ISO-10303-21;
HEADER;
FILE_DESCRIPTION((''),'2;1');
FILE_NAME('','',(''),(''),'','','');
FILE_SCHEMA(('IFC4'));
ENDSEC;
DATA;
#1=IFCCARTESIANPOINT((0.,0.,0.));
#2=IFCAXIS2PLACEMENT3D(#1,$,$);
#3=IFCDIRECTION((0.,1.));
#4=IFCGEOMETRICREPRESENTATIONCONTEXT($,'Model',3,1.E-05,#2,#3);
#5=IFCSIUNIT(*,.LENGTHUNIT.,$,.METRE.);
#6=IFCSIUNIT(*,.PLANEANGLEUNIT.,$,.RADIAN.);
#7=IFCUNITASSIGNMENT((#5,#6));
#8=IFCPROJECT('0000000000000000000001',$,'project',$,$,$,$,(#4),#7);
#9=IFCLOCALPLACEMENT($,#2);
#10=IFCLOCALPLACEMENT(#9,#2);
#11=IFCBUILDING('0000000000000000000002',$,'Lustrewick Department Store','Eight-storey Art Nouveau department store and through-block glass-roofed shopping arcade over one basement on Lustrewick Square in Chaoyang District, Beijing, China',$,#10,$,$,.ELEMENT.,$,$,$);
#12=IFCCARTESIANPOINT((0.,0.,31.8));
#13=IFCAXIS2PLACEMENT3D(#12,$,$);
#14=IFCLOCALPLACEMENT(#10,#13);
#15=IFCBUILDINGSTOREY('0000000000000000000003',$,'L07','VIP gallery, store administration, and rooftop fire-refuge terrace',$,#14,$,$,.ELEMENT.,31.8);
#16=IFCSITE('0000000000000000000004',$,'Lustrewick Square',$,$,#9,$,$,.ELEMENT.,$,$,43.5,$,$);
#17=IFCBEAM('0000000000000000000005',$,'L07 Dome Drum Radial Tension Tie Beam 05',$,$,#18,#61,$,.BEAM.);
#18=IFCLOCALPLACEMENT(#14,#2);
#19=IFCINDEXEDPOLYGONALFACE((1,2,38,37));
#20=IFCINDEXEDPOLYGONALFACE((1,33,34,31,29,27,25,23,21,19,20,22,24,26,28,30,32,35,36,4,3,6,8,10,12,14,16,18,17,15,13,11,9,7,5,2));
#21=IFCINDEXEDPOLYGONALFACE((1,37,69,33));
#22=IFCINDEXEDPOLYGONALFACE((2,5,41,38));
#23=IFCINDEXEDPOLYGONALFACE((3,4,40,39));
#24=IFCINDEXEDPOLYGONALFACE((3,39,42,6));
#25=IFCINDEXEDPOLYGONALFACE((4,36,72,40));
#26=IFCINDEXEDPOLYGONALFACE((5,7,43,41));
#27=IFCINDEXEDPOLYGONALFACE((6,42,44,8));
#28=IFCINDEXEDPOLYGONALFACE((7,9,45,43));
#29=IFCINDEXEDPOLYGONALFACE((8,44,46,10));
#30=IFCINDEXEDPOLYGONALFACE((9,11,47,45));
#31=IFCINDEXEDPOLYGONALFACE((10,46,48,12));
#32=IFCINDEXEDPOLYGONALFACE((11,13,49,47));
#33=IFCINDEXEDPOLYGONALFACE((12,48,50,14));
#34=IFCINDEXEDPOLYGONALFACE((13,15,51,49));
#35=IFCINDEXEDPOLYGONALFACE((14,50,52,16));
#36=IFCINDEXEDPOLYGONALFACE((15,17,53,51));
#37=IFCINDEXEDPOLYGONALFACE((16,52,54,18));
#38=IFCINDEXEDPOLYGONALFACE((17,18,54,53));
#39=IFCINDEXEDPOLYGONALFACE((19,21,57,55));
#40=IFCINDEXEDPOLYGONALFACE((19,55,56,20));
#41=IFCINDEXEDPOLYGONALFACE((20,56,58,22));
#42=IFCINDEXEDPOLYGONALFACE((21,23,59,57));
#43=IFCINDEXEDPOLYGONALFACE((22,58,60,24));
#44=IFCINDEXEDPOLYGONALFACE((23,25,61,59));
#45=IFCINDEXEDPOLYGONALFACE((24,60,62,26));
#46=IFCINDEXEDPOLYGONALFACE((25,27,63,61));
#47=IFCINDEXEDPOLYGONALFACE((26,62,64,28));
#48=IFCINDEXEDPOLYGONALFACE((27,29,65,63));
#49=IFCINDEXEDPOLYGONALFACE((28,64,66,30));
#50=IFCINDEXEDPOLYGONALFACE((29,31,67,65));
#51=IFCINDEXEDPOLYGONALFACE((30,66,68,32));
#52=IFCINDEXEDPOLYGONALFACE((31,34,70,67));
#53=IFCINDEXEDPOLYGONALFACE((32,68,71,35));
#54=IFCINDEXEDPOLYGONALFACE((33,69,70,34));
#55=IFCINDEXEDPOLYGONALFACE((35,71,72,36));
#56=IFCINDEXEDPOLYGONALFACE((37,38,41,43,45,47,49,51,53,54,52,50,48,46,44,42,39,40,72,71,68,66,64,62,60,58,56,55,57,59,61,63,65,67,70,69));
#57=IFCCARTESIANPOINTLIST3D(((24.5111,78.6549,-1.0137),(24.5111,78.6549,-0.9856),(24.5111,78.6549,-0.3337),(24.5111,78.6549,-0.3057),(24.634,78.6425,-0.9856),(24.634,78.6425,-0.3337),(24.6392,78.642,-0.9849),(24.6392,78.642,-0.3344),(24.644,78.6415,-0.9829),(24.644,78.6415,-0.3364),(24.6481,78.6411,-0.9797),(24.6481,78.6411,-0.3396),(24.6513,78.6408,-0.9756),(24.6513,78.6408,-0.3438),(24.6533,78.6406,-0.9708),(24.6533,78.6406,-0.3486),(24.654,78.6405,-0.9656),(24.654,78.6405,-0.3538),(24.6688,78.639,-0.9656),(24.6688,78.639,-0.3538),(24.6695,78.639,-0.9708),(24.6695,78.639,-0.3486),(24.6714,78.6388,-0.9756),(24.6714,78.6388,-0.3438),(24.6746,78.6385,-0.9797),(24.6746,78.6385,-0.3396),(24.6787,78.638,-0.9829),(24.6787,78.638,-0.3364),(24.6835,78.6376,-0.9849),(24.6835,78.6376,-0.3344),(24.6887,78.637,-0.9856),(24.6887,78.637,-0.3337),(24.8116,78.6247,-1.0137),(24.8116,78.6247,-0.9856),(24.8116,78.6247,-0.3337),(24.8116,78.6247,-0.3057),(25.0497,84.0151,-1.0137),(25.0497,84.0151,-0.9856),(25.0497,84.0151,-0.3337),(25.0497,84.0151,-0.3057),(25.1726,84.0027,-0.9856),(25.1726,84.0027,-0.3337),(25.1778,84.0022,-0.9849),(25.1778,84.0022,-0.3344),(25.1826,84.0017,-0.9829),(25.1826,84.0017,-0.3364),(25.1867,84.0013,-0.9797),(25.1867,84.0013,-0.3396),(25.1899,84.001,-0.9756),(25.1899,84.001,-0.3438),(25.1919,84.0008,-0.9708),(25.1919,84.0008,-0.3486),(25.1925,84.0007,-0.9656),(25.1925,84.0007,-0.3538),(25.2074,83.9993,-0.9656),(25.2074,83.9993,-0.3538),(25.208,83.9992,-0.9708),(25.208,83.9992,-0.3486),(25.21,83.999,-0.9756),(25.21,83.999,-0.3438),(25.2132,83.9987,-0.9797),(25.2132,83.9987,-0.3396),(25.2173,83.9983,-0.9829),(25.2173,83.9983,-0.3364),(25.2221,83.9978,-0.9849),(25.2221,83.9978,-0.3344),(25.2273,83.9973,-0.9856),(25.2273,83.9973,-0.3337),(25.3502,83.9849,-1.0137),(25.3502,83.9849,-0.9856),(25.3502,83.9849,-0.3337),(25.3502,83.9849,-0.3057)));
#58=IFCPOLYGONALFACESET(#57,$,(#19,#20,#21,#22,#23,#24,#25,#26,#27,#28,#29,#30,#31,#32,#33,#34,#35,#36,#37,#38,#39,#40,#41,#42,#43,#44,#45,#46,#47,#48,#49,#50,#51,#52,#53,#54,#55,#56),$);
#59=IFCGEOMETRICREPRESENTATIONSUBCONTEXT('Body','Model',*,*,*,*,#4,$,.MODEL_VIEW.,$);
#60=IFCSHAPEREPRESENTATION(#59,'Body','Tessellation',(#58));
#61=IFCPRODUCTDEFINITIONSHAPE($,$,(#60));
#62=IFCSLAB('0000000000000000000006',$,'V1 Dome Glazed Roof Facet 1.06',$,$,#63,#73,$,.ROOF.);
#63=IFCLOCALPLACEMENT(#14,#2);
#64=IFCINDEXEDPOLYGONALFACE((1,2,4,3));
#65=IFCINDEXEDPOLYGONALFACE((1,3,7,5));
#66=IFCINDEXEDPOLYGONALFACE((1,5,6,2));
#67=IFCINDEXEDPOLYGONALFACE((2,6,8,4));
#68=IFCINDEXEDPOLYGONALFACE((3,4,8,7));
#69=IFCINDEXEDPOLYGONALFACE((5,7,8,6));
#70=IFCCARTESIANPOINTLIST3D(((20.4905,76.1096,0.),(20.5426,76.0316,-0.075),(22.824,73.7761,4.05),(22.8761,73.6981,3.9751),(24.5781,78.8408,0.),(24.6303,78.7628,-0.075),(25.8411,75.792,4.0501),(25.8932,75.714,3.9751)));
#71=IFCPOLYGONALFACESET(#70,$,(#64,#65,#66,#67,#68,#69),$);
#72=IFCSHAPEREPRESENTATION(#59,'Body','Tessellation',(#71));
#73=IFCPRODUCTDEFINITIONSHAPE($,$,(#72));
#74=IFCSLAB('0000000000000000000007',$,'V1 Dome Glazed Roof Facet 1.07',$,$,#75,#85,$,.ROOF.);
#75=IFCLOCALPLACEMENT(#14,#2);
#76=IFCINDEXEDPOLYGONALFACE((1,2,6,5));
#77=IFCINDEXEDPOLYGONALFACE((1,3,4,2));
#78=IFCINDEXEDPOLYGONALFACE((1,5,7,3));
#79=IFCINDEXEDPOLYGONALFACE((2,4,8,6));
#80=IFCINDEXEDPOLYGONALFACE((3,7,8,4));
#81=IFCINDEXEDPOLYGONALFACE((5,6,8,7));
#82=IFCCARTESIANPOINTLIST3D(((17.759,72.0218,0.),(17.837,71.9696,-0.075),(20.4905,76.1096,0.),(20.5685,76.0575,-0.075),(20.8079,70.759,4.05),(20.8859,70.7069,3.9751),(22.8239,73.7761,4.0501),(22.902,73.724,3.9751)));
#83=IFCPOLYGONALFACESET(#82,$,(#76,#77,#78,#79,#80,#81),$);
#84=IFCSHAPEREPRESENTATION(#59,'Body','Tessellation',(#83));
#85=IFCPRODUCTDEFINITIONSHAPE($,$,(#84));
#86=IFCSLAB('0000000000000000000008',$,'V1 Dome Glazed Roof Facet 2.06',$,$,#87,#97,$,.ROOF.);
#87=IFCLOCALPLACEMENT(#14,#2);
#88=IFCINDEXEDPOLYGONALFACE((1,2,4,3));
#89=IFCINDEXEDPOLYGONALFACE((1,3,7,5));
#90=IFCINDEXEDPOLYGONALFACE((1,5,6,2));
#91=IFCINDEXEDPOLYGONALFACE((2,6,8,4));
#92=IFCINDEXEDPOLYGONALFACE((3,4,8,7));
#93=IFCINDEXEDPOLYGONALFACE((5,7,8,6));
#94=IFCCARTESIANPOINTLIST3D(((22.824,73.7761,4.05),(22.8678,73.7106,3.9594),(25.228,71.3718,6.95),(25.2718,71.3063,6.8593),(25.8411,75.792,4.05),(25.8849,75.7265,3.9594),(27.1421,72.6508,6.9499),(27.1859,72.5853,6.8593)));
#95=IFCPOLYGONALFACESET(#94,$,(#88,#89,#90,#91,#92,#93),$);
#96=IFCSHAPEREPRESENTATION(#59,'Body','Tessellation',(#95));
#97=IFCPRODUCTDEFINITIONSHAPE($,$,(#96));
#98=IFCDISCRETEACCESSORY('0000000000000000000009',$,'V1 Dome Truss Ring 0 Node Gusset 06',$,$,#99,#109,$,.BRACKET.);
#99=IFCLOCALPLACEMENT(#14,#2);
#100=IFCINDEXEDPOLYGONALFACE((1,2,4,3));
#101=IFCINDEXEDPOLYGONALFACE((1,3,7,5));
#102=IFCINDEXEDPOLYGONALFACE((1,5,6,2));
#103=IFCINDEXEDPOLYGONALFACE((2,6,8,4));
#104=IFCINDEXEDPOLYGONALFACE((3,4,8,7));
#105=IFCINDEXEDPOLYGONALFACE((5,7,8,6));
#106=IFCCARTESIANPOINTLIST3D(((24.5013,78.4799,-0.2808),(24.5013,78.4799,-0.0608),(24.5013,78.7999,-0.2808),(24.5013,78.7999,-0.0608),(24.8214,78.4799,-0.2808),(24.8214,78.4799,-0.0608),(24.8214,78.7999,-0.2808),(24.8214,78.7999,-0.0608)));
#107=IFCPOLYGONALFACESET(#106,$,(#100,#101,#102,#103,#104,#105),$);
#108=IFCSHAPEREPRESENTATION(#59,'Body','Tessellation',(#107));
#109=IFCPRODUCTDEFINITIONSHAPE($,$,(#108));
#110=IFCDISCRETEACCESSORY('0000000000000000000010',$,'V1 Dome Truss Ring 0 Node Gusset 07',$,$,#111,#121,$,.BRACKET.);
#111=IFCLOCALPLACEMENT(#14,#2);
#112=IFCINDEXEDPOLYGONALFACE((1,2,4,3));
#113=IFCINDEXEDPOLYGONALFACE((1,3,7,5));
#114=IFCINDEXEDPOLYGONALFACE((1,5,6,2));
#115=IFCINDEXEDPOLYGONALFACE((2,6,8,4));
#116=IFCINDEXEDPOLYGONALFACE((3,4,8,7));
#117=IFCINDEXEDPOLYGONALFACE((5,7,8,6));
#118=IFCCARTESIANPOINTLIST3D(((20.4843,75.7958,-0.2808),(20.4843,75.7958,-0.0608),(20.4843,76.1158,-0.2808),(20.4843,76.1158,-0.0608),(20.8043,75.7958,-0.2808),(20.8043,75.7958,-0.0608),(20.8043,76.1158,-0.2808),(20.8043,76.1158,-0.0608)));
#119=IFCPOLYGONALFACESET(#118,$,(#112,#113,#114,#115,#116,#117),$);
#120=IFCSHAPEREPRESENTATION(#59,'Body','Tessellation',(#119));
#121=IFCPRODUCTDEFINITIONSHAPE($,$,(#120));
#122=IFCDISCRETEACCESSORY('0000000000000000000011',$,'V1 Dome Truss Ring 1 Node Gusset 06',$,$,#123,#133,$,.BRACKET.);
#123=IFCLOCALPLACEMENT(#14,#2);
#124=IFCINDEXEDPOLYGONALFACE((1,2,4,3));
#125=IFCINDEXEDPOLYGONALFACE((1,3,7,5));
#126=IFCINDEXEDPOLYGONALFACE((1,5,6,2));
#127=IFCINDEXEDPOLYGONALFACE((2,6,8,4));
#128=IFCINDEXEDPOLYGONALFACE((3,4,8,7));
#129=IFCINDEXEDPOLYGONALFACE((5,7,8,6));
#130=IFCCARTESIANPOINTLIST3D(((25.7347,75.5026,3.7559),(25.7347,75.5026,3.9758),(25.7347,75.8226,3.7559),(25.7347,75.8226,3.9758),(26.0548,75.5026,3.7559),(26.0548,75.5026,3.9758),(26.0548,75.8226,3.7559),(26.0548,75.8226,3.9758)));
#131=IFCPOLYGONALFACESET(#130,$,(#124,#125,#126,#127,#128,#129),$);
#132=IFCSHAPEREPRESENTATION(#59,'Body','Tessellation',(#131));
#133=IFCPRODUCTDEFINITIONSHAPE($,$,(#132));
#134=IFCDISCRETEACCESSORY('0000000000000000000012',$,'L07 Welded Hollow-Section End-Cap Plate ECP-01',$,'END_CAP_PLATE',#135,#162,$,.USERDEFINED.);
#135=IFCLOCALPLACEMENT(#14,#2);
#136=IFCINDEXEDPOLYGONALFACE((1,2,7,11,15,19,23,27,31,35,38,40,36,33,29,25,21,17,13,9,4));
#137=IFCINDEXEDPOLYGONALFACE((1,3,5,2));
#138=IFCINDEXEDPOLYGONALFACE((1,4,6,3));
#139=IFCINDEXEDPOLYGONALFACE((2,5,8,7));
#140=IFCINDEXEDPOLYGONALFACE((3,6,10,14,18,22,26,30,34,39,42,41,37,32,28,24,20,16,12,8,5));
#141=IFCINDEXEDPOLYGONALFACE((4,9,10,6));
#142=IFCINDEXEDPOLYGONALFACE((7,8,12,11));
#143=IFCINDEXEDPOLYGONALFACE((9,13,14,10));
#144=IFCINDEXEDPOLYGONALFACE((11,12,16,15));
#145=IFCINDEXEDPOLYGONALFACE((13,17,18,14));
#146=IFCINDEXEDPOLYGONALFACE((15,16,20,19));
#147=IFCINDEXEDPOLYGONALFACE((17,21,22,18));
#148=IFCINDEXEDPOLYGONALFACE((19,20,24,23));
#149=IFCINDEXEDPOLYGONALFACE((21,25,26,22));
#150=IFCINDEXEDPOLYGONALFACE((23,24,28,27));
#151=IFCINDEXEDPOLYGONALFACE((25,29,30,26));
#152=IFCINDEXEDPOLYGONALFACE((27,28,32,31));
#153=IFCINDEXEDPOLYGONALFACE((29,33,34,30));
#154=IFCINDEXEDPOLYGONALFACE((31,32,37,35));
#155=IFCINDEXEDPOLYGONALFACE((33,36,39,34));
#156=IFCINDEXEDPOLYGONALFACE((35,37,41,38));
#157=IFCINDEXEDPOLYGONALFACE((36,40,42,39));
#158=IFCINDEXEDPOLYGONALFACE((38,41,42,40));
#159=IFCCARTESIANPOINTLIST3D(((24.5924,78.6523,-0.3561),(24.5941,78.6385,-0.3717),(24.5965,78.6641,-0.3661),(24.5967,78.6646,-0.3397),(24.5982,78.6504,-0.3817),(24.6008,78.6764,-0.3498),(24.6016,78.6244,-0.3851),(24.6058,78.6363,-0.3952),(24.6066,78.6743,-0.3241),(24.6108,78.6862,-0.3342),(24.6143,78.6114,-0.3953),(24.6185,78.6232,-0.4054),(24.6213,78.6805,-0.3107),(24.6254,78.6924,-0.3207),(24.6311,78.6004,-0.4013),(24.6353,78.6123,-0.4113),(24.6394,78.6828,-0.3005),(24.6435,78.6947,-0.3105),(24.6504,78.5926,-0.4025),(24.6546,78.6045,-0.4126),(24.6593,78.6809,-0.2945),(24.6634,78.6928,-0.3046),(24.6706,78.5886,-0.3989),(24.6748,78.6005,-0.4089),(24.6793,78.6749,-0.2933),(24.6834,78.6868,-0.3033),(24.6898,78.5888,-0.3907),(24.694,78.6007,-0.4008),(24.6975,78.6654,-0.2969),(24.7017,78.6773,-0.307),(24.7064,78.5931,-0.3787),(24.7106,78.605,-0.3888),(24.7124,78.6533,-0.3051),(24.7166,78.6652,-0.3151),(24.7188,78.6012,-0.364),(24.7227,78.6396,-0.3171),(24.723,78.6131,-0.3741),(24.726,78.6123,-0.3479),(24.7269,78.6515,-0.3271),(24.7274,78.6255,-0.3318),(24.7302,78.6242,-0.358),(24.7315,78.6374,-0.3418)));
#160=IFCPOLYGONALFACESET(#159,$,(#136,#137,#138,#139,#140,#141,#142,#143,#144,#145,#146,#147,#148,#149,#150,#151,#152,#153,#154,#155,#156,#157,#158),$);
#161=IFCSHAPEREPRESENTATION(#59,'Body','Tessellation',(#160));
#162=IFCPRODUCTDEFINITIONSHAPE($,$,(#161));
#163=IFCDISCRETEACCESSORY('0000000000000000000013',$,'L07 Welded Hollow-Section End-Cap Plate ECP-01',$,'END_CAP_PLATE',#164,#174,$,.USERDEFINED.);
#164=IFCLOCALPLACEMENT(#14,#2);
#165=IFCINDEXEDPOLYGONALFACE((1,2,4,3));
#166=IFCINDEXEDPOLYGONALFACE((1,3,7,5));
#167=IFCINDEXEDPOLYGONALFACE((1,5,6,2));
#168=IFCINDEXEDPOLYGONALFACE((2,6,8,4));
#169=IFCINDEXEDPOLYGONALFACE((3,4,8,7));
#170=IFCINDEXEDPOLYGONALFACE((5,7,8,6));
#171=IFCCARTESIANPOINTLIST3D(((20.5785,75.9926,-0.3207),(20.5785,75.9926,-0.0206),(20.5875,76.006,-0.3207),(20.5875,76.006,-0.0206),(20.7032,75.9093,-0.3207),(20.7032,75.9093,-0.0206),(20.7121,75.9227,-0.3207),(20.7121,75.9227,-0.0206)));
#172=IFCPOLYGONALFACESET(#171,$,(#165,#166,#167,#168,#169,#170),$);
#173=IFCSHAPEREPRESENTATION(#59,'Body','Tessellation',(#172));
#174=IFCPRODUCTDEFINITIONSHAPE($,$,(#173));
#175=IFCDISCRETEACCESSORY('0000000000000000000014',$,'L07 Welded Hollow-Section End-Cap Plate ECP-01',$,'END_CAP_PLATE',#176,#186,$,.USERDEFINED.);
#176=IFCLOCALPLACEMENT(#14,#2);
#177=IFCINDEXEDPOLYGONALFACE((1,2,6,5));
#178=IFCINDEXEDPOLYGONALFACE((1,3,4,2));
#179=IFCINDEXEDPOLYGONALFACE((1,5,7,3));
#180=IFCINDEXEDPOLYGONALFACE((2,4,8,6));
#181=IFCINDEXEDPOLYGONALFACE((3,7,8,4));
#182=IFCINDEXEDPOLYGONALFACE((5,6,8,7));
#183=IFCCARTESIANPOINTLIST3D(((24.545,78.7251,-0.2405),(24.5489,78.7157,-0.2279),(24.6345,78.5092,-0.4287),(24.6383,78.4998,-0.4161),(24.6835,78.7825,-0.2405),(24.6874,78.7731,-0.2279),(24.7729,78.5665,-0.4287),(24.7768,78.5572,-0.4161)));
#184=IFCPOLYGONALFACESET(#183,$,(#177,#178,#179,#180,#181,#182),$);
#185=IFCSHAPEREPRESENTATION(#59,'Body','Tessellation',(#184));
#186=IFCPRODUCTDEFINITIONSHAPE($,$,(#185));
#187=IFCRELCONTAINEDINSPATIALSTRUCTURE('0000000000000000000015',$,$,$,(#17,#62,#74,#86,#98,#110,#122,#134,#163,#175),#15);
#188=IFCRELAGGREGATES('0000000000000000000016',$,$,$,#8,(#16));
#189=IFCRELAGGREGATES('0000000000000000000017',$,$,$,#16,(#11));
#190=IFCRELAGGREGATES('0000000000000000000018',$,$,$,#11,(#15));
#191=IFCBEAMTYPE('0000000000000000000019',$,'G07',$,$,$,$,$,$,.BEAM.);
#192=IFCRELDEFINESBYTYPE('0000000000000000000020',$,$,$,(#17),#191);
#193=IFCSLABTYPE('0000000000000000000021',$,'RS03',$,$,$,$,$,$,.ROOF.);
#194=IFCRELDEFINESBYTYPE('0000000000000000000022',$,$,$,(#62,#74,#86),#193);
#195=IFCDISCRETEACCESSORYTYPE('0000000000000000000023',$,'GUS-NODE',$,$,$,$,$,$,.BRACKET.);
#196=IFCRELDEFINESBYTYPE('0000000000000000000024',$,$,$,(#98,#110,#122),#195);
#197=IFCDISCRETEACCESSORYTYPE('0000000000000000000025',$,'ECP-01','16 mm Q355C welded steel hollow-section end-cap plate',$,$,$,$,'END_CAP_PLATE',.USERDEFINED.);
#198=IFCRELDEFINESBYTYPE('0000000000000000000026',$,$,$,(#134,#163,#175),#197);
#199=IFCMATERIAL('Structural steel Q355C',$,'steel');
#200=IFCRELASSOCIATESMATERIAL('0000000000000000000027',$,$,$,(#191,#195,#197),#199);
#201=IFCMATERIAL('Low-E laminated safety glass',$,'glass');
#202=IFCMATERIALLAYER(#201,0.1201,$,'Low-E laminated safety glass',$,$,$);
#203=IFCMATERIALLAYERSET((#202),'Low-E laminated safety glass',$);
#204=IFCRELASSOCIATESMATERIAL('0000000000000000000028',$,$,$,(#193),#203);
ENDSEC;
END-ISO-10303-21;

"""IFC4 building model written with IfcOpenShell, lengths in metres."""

from ifc_helpers import new_model, si_unit, direction, frame, origin, origin_2d, place, context, subcontext, project, spatial, polyline, rectangle, circle, i_section, outline, extrude, material, layer, layer_set, material_profile, profile_set, type_object, element, save


model = new_model("IFC4")

# Units and contexts
model_context = context("Model", 3, precision=1e-05, world=origin(), true_north=direction((0.0, 1.0)))
body_context = subcontext(model_context, "Body", "Model", "MODEL_VIEW")
ifc_project = project(units=[si_unit("LENGTHUNIT", "METRE"), si_unit("PLANEANGLEUNIT", "RADIAN")], contexts=[model_context])

# Site, building, storey
site_placement = place(None, origin())
site = spatial("IfcSite", under=ifc_project, at=site_placement, Name="Lustrewick Square", CompositionType="ELEMENT", RefElevation=43.5)
building_placement = place(site_placement, origin())
building = spatial("IfcBuilding", under=site, at=building_placement, Name="Lustrewick Department Store", Description="Eight-storey Art Nouveau department store and through-block glass-roofed shopping arcade over one basement on Lustrewick Square in Chaoyang District, Beijing, China", CompositionType="ELEMENT")
storey_placement = place(building_placement, frame((0.0, 0.0, 31.8)))
storey = spatial("IfcBuildingStorey", under=building, at=storey_placement, Name="L07", Description="VIP gallery, store administration, and rooftop fire-refuge terrace", CompositionType="ELEMENT", Elevation=31.8)

# Shared definitions
ifc_material_1 = material(Name="Structural steel Q355C", Category="steel")

# Beam
ifc_material_profile_1 = material_profile(ifc_material_1, i_section(OverallWidth=0.302, OverallDepth=0.708, WebThickness=0.0149, FlangeThickness=0.0281, FilletRadius=0.02, at=origin_2d()), Name="HN 708x302x15x28")
ifc_profile_set_1 = profile_set([ifc_material_profile_1], Name="Structural steel Q355C")
beam_type_1 = type_object("IfcBeamType", Name="G07", PredefinedType="BEAM", material=ifc_profile_set_1)
beam_1_placement = place(storey_placement, frame((25.2, 84.0, -0.6597), z_axis=(-0.099975, -0.99499, 0.0), x_axis=(0.99499, -0.099975, 0.0)))
element("IfcBeam", 1, at=beam_1_placement, inside=storey, type_object=beam_type_1, Name="L07 Dome Drum Radial Tension Tie Beam 05", PredefinedType="BEAM", context=body_context, shape_type="SweptSolid", body=[
    extrude(i_section(OverallWidth=0.302, OverallDepth=0.708, WebThickness=0.0149, FlangeThickness=0.0281, FilletRadius=0.02, at=origin_2d()), origin(), (0.0, 0.0, 1.0), 5.3872),
])

# Slabs
ifc_material_2 = material(Name="Low-E laminated safety glass", Category="glass")
ifc_layer = layer(ifc_material_2, 0.1201, Name="Low-E laminated safety glass")
ifc_layer_set = layer_set([ifc_layer], Name="Low-E laminated safety glass")
slab_type = type_object("IfcSlabType", Name="RS03", PredefinedType="ROOF", material=ifc_layer_set)
slab_1_placement = place(storey_placement, frame((24.5781, 78.8408, 0.0), z_axis=(-0.433994, 0.64954, 0.624297), x_axis=(-0.831478, -0.555558, 0.000001)))
element("IfcSlab", 2, at=slab_1_placement, inside=storey, type_object=slab_type, Name="V1 Dome Glazed Roof Facet 1.06", PredefinedType="ROOF", context=body_context, shape_type="SweptSolid", body=[
    extrude(outline(polyline([(0.0, 0.0), (4.9161, 0.0), (4.2723, 5.1845), (0.6437, 5.1845), (0.0, 0.0)])), origin(), (0.0, 0.0, -1.0), 0.1201),
])
slab_2_placement = place(storey_placement, frame((20.4905, 76.1096, 0.0), z_axis=(-0.649532, 0.434018, 0.624289), x_axis=(-0.555578, -0.831464, 0.000007)))
element("IfcSlab", 3, at=slab_2_placement, inside=storey, type_object=slab_type, Name="V1 Dome Glazed Roof Facet 1.07", PredefinedType="ROOF", context=body_context, shape_type="SweptSolid", body=[
    extrude(outline(polyline([(0.0, 0.0), (4.9165, 0.0), (4.2725, 5.1844), (0.6438, 5.1845), (0.0, 0.0)])), origin(), (0.0, 0.0, -1.0), 0.1201),
])
slab_3_placement = place(storey_placement, frame((25.8411, 75.792, 4.05), z_axis=(-0.364571, 0.545615, 0.754581), x_axis=(-0.831475, -0.555562, -0.000012)))
element("IfcSlab", 4, at=slab_3_placement, inside=storey, type_object=slab_type, Name="V1 Dome Glazed Roof Facet 2.06", PredefinedType="ROOF", context=body_context, shape_type="SweptSolid", body=[
    extrude(outline(polyline([(0.0, 0.0), (3.6286, 0.0), (2.9654, 4.4192), (0.6633, 4.4191), (0.0, 0.0)])), origin(), (0.0, 0.0, -1.0), 0.1201),
])

# Discrete accessories
discrete_accessory_type_1 = type_object("IfcDiscreteAccessoryType", Name="GUS-NODE", PredefinedType="BRACKET", material=ifc_material_1)
for number, where, z_axis, x_axis, name in (
    (5, (24.6614, 78.6399, -0.2808), (0.0, 0.0, 1.0), (1.0, 0.0, 0.0), "V1 Dome Truss Ring 0 Node Gusset 06"),
    (6, (20.6443, 75.9558, -0.2808), (0.0, 0.0, 1.0), (1.0, 0.0, 0.0), "V1 Dome Truss Ring 0 Node Gusset 07"),
    (7, (25.8948, 75.6626, 3.7559), (0.0, 0.0, 1.0), (1.0, 0.0, 0.0), "V1 Dome Truss Ring 1 Node Gusset 06"),
):
    element("IfcDiscreteAccessory", number, at=place(storey_placement, frame(where, z_axis=z_axis, x_axis=x_axis)), inside=storey, type_object=discrete_accessory_type_1, Name=name, PredefinedType="BRACKET", context=body_context, shape_type="SweptSolid", body=[
        extrude(rectangle(XDim=0.3201, YDim=0.3201, at=origin_2d()), origin(), (0.0, 0.0, 1.0), 0.22),
    ])
discrete_accessory_type_2 = type_object("IfcDiscreteAccessoryType", Name="ECP-01", Description="16 mm Q355C welded steel hollow-section end-cap plate", ElementType="END_CAP_PLATE", PredefinedType="USERDEFINED", material=ifc_material_1)
discrete_accessory_1_placement = place(storey_placement, frame((24.6599, 78.6355, -0.3479), z_axis=(0.258351, 0.737606, -0.623852), x_axis=(0.943783, -0.330565, 0.0)))
element("IfcDiscreteAccessory", 8, at=discrete_accessory_1_placement, inside=storey, type_object=discrete_accessory_type_2, Name="L07 Welded Hollow-Section End-Cap Plate ECP-01", ObjectType="END_CAP_PLATE", PredefinedType="USERDEFINED", context=body_context, shape_type="SweptSolid", body=[
    extrude(circle(Radius=0.0701, at=origin_2d()), origin(), (0.0, 0.0, 1.0), 0.0161),
])
for number, where, z_axis, x_axis, name in (
    (9, (20.6409, 75.9509, -0.1707), (0.555563, 0.831475, 0.0), (0.831475, -0.555563, 0.0), "L07 Welded Hollow-Section End-Cap Plate ECP-01"),
    (10, (24.6628, 78.6365, -0.322), (-0.240018, 0.579378, -0.778918), (0.923862, 0.382726, 0.0), "L07 Welded Hollow-Section End-Cap Plate ECP-01"),
):
    element("IfcDiscreteAccessory", number, at=place(storey_placement, frame(where, z_axis=z_axis, x_axis=x_axis)), inside=storey, type_object=discrete_accessory_type_2, Name=name, ObjectType="END_CAP_PLATE", PredefinedType="USERDEFINED", context=body_context, shape_type="SweptSolid", body=[
        extrude(rectangle(XDim=0.1499, YDim=0.3, at=origin_2d()), origin(), (0.0, 0.0, 1.0), 0.0161),
    ])

save(model, "model.ifc")
